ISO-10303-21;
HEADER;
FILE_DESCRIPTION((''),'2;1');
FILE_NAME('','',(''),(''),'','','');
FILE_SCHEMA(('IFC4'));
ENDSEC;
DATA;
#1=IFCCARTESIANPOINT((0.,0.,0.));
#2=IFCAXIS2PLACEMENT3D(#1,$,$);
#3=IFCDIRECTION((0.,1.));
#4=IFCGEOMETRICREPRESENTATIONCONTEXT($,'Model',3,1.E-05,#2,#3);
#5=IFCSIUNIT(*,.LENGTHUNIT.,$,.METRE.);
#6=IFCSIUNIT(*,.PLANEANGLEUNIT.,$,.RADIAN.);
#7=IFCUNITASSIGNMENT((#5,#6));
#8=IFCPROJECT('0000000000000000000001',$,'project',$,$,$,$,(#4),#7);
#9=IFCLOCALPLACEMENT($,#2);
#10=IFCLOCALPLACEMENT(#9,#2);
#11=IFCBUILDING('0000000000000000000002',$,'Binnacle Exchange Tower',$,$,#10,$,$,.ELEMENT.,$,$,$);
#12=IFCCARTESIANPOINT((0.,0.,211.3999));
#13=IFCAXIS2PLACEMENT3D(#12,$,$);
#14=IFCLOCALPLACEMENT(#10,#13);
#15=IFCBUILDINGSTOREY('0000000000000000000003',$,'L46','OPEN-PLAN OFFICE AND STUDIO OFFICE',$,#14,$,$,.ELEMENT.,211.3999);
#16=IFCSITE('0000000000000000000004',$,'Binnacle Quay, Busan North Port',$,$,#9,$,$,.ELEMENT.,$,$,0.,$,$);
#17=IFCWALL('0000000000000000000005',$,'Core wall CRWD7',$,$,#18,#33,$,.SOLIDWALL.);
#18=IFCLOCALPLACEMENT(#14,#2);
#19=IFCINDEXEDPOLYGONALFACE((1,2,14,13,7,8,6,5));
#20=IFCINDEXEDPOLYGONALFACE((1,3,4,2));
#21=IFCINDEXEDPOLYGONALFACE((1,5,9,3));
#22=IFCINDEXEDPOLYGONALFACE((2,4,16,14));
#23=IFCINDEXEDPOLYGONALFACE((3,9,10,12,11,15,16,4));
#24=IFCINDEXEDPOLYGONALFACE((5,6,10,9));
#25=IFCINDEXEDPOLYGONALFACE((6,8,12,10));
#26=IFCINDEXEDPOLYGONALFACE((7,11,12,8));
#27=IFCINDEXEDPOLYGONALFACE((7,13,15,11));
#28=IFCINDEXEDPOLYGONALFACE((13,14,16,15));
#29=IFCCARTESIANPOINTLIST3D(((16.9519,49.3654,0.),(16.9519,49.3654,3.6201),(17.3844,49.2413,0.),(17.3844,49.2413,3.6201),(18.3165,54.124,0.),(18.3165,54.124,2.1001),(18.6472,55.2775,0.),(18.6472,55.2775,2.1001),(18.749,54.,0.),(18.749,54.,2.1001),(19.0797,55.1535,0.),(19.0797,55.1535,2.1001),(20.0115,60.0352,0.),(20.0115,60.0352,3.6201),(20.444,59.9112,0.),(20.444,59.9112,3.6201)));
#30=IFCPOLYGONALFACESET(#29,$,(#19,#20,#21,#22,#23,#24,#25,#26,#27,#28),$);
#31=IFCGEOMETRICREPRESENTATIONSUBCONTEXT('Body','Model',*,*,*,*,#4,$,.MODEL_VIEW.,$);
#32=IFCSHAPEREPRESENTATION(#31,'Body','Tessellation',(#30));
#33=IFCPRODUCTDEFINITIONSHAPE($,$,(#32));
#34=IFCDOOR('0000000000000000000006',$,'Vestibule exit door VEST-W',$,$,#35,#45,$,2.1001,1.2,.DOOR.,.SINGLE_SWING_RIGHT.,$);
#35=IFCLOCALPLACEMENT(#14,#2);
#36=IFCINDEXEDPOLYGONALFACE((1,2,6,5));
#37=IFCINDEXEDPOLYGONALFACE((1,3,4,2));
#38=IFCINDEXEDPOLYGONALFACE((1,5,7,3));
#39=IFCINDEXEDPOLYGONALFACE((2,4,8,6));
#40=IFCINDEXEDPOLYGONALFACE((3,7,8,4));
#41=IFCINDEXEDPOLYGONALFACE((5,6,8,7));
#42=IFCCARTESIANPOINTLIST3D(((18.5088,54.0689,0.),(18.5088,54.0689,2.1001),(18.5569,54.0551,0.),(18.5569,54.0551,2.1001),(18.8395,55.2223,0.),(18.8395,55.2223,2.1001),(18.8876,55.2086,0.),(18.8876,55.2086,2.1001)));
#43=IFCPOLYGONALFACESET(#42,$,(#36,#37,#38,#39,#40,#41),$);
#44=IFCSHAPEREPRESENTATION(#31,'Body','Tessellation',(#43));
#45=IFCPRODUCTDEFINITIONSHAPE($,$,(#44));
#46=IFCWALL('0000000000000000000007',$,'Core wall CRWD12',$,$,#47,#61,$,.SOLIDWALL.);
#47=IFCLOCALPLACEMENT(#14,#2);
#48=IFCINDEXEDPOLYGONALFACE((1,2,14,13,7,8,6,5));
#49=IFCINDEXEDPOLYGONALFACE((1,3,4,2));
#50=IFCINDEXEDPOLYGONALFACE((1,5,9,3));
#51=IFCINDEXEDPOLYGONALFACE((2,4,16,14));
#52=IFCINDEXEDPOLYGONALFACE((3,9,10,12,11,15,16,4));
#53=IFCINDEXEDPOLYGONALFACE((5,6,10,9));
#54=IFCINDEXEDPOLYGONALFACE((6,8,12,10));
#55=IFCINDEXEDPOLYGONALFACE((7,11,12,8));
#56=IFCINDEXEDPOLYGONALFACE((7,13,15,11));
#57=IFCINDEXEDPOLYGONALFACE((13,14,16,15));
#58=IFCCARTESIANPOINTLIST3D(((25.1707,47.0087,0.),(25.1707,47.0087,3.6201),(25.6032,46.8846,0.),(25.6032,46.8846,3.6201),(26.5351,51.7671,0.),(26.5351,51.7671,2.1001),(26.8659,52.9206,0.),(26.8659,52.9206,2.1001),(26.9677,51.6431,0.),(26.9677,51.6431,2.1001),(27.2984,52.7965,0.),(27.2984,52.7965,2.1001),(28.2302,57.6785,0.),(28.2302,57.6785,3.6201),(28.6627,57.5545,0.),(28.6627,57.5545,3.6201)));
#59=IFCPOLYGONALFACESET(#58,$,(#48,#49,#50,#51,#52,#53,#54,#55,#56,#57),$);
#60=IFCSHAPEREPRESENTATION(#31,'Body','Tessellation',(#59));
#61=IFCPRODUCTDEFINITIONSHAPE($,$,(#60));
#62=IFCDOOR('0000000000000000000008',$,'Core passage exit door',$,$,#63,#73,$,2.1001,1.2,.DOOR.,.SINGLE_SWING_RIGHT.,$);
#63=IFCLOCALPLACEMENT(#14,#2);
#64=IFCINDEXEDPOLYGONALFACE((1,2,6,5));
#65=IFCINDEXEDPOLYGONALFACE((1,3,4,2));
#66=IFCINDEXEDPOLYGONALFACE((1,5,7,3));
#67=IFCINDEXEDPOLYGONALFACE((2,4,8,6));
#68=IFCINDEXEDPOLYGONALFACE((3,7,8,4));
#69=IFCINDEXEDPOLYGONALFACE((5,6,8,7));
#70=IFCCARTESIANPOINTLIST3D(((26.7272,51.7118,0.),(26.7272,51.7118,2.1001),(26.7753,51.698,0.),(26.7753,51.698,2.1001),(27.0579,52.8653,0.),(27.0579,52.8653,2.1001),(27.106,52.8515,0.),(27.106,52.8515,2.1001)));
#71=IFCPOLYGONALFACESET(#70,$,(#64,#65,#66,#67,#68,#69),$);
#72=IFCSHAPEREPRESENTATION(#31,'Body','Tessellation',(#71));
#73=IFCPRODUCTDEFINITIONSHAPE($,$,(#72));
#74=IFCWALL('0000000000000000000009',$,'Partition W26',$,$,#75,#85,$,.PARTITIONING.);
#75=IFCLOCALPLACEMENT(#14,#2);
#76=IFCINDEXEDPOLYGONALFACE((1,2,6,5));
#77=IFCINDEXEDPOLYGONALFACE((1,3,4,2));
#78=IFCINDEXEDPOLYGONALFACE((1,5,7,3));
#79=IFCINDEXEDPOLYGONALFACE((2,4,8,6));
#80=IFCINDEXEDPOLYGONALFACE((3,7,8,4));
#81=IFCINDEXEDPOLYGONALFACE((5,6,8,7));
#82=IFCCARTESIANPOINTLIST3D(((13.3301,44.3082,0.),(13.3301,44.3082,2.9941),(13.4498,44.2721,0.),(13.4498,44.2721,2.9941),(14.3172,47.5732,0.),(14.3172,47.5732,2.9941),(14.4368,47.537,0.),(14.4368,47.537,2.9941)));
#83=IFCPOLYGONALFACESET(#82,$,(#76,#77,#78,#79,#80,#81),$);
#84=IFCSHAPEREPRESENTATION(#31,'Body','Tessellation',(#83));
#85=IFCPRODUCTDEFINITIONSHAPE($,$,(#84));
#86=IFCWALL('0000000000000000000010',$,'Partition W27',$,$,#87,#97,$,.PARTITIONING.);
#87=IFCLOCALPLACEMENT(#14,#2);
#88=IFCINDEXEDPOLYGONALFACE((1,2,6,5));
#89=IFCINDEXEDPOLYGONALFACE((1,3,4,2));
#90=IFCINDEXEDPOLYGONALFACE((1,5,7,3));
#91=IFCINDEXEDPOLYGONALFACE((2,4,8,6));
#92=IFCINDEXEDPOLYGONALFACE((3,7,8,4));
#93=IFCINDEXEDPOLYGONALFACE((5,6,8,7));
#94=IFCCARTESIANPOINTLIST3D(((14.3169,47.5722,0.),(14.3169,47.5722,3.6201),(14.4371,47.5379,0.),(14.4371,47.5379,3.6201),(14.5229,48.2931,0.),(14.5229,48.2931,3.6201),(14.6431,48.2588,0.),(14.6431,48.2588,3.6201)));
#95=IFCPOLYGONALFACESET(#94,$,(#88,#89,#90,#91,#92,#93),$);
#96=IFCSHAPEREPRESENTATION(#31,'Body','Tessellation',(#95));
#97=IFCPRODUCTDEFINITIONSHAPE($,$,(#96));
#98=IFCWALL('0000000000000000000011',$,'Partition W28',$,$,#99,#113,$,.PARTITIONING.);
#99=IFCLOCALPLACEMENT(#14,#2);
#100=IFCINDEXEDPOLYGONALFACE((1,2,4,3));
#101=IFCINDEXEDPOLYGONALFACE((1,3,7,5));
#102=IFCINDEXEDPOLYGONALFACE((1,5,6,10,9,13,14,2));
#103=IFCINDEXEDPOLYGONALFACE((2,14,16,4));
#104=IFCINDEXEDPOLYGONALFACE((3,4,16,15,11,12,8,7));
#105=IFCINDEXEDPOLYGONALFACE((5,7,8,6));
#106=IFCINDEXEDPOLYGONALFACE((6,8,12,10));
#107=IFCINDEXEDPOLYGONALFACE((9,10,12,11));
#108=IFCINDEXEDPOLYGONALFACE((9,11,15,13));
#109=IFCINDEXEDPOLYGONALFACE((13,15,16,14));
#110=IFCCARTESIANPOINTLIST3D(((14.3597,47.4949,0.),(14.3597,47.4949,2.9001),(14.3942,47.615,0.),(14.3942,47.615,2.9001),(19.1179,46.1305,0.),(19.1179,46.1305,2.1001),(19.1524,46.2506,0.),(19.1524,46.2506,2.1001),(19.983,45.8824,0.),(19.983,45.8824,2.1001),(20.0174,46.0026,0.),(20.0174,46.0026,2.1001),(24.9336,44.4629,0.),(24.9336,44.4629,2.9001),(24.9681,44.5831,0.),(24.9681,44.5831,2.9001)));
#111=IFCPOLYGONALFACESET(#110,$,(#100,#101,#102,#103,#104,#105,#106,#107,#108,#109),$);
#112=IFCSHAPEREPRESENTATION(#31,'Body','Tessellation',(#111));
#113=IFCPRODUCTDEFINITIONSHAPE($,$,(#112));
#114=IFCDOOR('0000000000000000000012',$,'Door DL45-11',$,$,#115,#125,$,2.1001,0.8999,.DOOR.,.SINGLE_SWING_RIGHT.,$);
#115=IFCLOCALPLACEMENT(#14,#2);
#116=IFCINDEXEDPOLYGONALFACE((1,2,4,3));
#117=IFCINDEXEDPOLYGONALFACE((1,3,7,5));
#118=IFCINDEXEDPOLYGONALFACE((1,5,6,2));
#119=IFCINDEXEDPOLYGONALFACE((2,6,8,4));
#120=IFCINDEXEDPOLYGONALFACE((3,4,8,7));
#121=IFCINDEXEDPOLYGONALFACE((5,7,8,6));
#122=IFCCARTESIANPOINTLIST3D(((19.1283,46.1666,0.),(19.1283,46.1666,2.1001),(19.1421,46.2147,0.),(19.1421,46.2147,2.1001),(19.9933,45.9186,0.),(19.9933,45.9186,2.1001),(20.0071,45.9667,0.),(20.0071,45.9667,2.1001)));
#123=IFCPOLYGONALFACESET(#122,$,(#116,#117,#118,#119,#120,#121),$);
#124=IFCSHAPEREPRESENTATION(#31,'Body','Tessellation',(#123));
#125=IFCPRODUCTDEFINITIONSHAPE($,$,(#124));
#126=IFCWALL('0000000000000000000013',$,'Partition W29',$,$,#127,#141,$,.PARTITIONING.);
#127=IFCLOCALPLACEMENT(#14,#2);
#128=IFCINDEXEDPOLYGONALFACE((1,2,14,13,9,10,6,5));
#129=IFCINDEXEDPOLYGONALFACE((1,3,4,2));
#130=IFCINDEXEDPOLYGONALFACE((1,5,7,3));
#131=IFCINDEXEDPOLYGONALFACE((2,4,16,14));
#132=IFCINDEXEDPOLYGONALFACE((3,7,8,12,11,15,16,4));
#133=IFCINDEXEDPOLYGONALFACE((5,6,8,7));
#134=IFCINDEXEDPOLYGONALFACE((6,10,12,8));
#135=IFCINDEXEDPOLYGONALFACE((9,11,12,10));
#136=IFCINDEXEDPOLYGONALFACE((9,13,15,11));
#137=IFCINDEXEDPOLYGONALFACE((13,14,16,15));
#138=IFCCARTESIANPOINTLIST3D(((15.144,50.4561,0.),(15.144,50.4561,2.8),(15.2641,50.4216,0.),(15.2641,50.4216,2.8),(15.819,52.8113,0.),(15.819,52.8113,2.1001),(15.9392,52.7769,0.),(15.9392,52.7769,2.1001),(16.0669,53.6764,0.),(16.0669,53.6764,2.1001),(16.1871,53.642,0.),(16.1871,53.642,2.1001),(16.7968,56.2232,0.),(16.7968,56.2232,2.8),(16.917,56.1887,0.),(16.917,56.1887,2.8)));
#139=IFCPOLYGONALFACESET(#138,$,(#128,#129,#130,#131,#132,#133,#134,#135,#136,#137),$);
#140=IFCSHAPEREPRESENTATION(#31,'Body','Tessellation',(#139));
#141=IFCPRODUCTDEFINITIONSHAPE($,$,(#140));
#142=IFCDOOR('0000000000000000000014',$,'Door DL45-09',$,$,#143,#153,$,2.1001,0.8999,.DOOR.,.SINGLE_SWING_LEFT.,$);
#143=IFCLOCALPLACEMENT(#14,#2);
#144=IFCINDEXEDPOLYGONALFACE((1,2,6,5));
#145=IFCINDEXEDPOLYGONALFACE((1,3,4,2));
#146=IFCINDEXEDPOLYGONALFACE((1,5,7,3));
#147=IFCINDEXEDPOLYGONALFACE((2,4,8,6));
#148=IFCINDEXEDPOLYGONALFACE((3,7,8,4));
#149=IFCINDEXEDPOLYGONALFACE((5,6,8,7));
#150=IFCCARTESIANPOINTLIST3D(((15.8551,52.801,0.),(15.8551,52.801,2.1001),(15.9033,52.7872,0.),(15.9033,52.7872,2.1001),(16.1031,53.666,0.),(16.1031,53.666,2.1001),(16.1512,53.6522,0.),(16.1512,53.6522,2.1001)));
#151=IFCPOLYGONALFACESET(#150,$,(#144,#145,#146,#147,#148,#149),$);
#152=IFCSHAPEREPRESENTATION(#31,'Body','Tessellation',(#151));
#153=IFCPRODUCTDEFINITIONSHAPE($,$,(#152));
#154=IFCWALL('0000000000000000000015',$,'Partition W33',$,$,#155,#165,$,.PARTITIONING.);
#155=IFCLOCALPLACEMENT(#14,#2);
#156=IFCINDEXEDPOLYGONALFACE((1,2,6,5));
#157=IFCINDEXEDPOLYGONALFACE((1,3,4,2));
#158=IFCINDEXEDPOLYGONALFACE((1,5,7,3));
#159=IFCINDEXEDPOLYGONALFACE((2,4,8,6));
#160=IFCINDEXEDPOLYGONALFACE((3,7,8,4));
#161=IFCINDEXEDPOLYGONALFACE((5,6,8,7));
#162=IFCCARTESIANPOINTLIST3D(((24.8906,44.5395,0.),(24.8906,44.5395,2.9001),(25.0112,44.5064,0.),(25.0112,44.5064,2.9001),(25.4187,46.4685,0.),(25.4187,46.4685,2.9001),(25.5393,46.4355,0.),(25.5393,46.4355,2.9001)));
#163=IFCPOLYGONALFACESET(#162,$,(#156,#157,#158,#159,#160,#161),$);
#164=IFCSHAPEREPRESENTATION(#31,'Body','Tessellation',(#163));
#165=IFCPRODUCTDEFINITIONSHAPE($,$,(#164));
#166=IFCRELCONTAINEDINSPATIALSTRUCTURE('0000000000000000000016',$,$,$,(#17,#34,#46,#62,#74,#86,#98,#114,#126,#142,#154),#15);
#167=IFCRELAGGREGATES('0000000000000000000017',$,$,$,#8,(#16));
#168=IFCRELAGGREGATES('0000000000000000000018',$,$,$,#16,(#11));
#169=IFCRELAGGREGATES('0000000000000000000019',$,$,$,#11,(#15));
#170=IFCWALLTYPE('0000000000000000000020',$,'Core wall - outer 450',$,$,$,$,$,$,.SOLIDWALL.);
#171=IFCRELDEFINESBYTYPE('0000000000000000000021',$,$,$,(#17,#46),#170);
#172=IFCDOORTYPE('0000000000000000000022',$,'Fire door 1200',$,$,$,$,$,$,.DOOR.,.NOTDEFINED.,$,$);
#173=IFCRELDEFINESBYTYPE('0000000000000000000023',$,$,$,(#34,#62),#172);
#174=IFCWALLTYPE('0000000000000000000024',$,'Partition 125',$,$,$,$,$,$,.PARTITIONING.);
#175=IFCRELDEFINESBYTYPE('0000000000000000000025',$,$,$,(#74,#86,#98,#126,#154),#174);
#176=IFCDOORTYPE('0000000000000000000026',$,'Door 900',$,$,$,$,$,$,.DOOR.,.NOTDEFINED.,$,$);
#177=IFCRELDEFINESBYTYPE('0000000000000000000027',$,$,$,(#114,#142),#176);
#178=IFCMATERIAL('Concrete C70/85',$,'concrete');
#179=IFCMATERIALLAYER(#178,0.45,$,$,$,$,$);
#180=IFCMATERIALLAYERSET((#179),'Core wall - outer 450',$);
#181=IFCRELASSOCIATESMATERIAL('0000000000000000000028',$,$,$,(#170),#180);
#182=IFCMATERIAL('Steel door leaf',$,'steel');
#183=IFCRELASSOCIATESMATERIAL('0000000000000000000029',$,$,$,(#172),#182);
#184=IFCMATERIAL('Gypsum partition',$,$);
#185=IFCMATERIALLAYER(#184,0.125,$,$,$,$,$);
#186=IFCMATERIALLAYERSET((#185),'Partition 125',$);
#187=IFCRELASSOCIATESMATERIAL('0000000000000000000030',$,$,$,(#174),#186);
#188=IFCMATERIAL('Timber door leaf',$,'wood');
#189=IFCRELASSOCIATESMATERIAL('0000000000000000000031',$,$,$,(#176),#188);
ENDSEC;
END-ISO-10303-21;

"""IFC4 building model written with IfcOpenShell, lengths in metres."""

from ifc_helpers import new_model, si_unit, direction, frame, frame_2d, origin, place, context, subcontext, project, spatial, rectangle, extrude, material, layer, layer_set, type_object, element, fill, save


model = new_model("IFC4")

# Units and contexts
model_context = context("Model", 3, precision=1e-05, world=origin(), true_north=direction((0.0, 1.0)))
body_context = subcontext(model_context, "Body", "Model", "MODEL_VIEW")
ifc_project = project(units=[si_unit("LENGTHUNIT", "METRE"), si_unit("PLANEANGLEUNIT", "RADIAN")], contexts=[model_context])

# Site, building, storey
site_placement = place(None, origin())
site = spatial("IfcSite", under=ifc_project, at=site_placement, Name="Binnacle Quay, Busan North Port", CompositionType="ELEMENT", RefElevation=0.0)
building_placement = place(site_placement, origin())
building = spatial("IfcBuilding", under=site, at=building_placement, Name="Binnacle Exchange Tower", CompositionType="ELEMENT")
storey_placement = place(building_placement, frame((0.0, 0.0, 211.3999)))
storey = spatial("IfcBuildingStorey", under=building, at=storey_placement, Name="L46", Description="OPEN-PLAN OFFICE AND STUDIO OFFICE", CompositionType="ELEMENT", Elevation=211.3999)

# Shared definitions
ifc_material_1 = material(Name="Concrete C70/85", Category="concrete")
ifc_layer_1 = layer(ifc_material_1, 0.45)
ifc_layer_set_1 = layer_set([ifc_layer_1], Name="Core wall - outer 450")
wall_type_1 = type_object("IfcWallType", Name="Core wall - outer 450", PredefinedType="SOLIDWALL", material=ifc_layer_set_1)

# Walls, openings, doors
wall_1_placement = place(storey_placement, frame((17.1682, 49.3035, 0.0), z_axis=(0.0, 0.0, 1.0), x_axis=(0.275639, 0.961261, 0.0)))
wall_1 = element("IfcWall", 1, at=wall_1_placement, inside=storey, type_object=wall_type_1, Name="Core wall CRWD7", PredefinedType="SOLIDWALL", context=body_context, shape_type="SweptSolid", body=[
    extrude(rectangle(XDim=11.0999, YDim=0.45, at=frame_2d((5.5498, 0.0))), origin(), (0.0, 0.0, 1.0), 3.6201),
])
opening_1_placement = place(wall_1_placement, frame((4.9502, 0.0, 0.0)))
opening_1 = element("IfcOpeningElement", 2, at=opening_1_placement, cuts=wall_1, PredefinedType="OPENING", context=body_context, shape_type="SweptSolid", body=[
    extrude(rectangle(XDim=1.2, YDim=2.1001, at=frame_2d((0.6001, 1.05))), frame((0.0, 0.2349, 0.0), z_axis=(0.0, -1.0, 0.0), x_axis=(1.0, 0.0, 0.0)), (0.0, 0.0, 1.0), 0.47),
])
ifc_material_2 = material(Name="Steel door leaf", Category="steel")
door_type_1 = type_object("IfcDoorType", Name="Fire door 1200", OperationType="NOTDEFINED", PredefinedType="DOOR", material=ifc_material_2)
door_1_placement = place(opening_1_placement, origin())
door_1 = element("IfcDoor", 3, at=door_1_placement, inside=storey, type_object=door_type_1, Name="Vestibule exit door VEST-W", OperationType="SINGLE_SWING_RIGHT", OverallHeight=2.1001, OverallWidth=1.2, PredefinedType="DOOR", context=body_context, shape_type="SweptSolid", body=[
    extrude(rectangle(XDim=1.2, YDim=2.1001, at=frame_2d((0.6001, 1.05))), frame((0.0, 0.0249, 0.0), z_axis=(0.0, -1.0, 0.0), x_axis=(1.0, 0.0, 0.0)), (0.0, 0.0, 1.0), 0.05),
])
fill(opening_1, door_1)
wall_2_placement = place(storey_placement, frame((25.387, 46.9468, 0.0), z_axis=(0.0, 0.0, 1.0), x_axis=(0.275639, 0.961261, 0.0)))
wall_2 = element("IfcWall", 4, at=wall_2_placement, inside=storey, type_object=wall_type_1, Name="Core wall CRWD12", PredefinedType="SOLIDWALL", context=body_context, shape_type="SweptSolid", body=[
    extrude(rectangle(XDim=11.0999, YDim=0.45, at=frame_2d((5.5498, 0.0))), origin(), (0.0, 0.0, 1.0), 3.6201),
])
opening_2_placement = place(wall_2_placement, frame((4.95, 0.0, 0.0)))
opening_2 = element("IfcOpeningElement", 5, at=opening_2_placement, cuts=wall_2, PredefinedType="OPENING", context=body_context, shape_type="SweptSolid", body=[
    extrude(rectangle(XDim=1.2, YDim=2.1001, at=frame_2d((0.6001, 1.05))), frame((0.0, 0.2349, 0.0), z_axis=(0.0, -1.0, 0.0), x_axis=(1.0, 0.0, 0.0)), (0.0, 0.0, 1.0), 0.47),
])
door_2_placement = place(opening_2_placement, frame((1.2, 0.0, 0.0), z_axis=(0.0, 0.0, 1.0), x_axis=(-1.0, 0.0, 0.0)))
door_2 = element("IfcDoor", 6, at=door_2_placement, inside=storey, type_object=door_type_1, Name="Core passage exit door", OperationType="SINGLE_SWING_RIGHT", OverallHeight=2.1001, OverallWidth=1.2, PredefinedType="DOOR", context=body_context, shape_type="SweptSolid", body=[
    extrude(rectangle(XDim=1.2, YDim=2.1001, at=frame_2d((0.6001, 1.05))), frame((0.0, 0.0249, 0.0), z_axis=(0.0, -1.0, 0.0), x_axis=(1.0, 0.0, 0.0)), (0.0, 0.0, 1.0), 0.05),
])
fill(opening_2, door_2)

# Walls
ifc_material_3 = material(Name="Gypsum partition")
ifc_layer_2 = layer(ifc_material_3, 0.125)
ifc_layer_set_2 = layer_set([ifc_layer_2], Name="Partition 125")
wall_type_2 = type_object("IfcWallType", Name="Partition 125", PredefinedType="PARTITIONING", material=ifc_layer_set_2)
wall_3_placement = place(storey_placement, frame((13.3899, 44.29, 0.0), z_axis=(0.0, 0.0, 1.0), x_axis=(0.28939, 0.957211, 0.0)))
element("IfcWall", 7, at=wall_3_placement, inside=storey, type_object=wall_type_2, Name="Partition W26", PredefinedType="PARTITIONING", context=body_context, shape_type="SweptSolid", body=[
    extrude(rectangle(XDim=3.4109, YDim=0.125, at=frame_2d((1.7056, 0.0))), origin(), (0.0, 0.0, 1.0), 2.9941),
])
wall_4_placement = place(storey_placement, frame((14.377, 47.5549, 0.0), z_axis=(0.0, 0.0, 1.0), x_axis=(0.274807, 0.961499, 0.0)))
element("IfcWall", 8, at=wall_4_placement, inside=storey, type_object=wall_type_2, Name="Partition W27", PredefinedType="PARTITIONING", context=body_context, shape_type="SweptSolid", body=[
    extrude(rectangle(XDim=0.7498, YDim=0.125, at=frame_2d((0.375, 0.0))), origin(), (0.0, 0.0, 1.0), 3.6201),
])

# Walls, openings, doors
wall_5_placement = place(storey_placement, frame((14.377, 47.5549, 0.0), z_axis=(0.0, 0.0, 1.0), x_axis=(0.961263, -0.275633, 0.0)))
wall_5 = element("IfcWall", 9, at=wall_5_placement, inside=storey, type_object=wall_type_2, Name="Partition W28", PredefinedType="PARTITIONING", context=body_context, shape_type="SweptSolid", body=[
    extrude(rectangle(XDim=11.0, YDim=0.125, at=frame_2d((5.5, 0.0))), origin(), (0.0, 0.0, 1.0), 2.9001),
])
opening_3_placement = place(wall_5_placement, frame((4.95, 0.0, 0.0)))
opening_3 = element("IfcOpeningElement", 10, at=opening_3_placement, cuts=wall_5, PredefinedType="OPENING", context=body_context, shape_type="SweptSolid", body=[
    extrude(rectangle(XDim=0.8999, YDim=2.1001, at=frame_2d((0.45, 1.05))), frame((0.0, 0.0725, 0.0), z_axis=(0.0, -1.0, 0.0), x_axis=(1.0, 0.0, 0.0)), (0.0, 0.0, 1.0), 0.145),
])
ifc_material_4 = material(Name="Timber door leaf", Category="wood")
door_type_2 = type_object("IfcDoorType", Name="Door 900", OperationType="NOTDEFINED", PredefinedType="DOOR", material=ifc_material_4)
door_3_placement = place(opening_3_placement, frame((0.8999, 0.0, 0.0), z_axis=(0.0, 0.0, 1.0), x_axis=(-1.0, 0.0, 0.0)))
door_3 = element("IfcDoor", 11, at=door_3_placement, inside=storey, type_object=door_type_2, Name="Door DL45-11", OperationType="SINGLE_SWING_RIGHT", OverallHeight=2.1001, OverallWidth=0.8999, PredefinedType="DOOR", context=body_context, shape_type="SweptSolid", body=[
    extrude(rectangle(XDim=0.8999, YDim=2.1001, at=frame_2d((0.45, 1.05))), frame((0.0, 0.0249, 0.0), z_axis=(0.0, -1.0, 0.0), x_axis=(1.0, 0.0, 0.0)), (0.0, 0.0, 1.0), 0.05),
])
fill(opening_3, door_3)
wall_6_placement = place(storey_placement, frame((15.2041, 50.439, 0.0), z_axis=(0.0, 0.0, 1.0), x_axis=(0.275506, 0.961299, 0.0)))
wall_6 = element("IfcWall", 12, at=wall_6_placement, inside=storey, type_object=wall_type_2, Name="Partition W29", PredefinedType="PARTITIONING", context=body_context, shape_type="SweptSolid", body=[
    extrude(rectangle(XDim=5.9993, YDim=0.125, at=frame_2d((2.9995, 0.0))), origin(), (0.0, 0.0, 1.0), 2.8),
])
opening_4_placement = place(wall_6_placement, frame((2.45, 0.0, 0.0)))
opening_4 = element("IfcOpeningElement", 13, at=opening_4_placement, cuts=wall_6, PredefinedType="OPENING", context=body_context, shape_type="SweptSolid", body=[
    extrude(rectangle(XDim=0.8999, YDim=2.1001, at=frame_2d((0.45, 1.05))), frame((0.0, 0.0725, 0.0), z_axis=(0.0, -1.0, 0.0), x_axis=(1.0, 0.0, 0.0)), (0.0, 0.0, 1.0), 0.145),
])
door_4_placement = place(opening_4_placement, origin())
door_4 = element("IfcDoor", 14, at=door_4_placement, inside=storey, type_object=door_type_2, Name="Door DL45-09", OperationType="SINGLE_SWING_LEFT", OverallHeight=2.1001, OverallWidth=0.8999, PredefinedType="DOOR", context=body_context, shape_type="SweptSolid", body=[
    extrude(rectangle(XDim=0.8999, YDim=2.1001, at=frame_2d((0.45, 1.05))), frame((0.0, 0.0249, 0.0), z_axis=(0.0, -1.0, 0.0), x_axis=(1.0, 0.0, 0.0)), (0.0, 0.0, 1.0), 0.05),
])
fill(opening_4, door_4)

# Wall
wall_7_placement = place(storey_placement, frame((24.9509, 44.5229, 0.0), z_axis=(0.0, 0.0, 1.0), x_axis=(0.264047, 0.96451, 0.0)))
element("IfcWall", 15, at=wall_7_placement, inside=storey, type_object=wall_type_2, Name="Partition W33", PredefinedType="PARTITIONING", context=body_context, shape_type="SweptSolid", body=[
    extrude(rectangle(XDim=2.0, YDim=0.125, at=frame_2d((1.0, 0.0))), origin(), (0.0, 0.0, 1.0), 2.9001),
])

save(model, "model.ifc")
